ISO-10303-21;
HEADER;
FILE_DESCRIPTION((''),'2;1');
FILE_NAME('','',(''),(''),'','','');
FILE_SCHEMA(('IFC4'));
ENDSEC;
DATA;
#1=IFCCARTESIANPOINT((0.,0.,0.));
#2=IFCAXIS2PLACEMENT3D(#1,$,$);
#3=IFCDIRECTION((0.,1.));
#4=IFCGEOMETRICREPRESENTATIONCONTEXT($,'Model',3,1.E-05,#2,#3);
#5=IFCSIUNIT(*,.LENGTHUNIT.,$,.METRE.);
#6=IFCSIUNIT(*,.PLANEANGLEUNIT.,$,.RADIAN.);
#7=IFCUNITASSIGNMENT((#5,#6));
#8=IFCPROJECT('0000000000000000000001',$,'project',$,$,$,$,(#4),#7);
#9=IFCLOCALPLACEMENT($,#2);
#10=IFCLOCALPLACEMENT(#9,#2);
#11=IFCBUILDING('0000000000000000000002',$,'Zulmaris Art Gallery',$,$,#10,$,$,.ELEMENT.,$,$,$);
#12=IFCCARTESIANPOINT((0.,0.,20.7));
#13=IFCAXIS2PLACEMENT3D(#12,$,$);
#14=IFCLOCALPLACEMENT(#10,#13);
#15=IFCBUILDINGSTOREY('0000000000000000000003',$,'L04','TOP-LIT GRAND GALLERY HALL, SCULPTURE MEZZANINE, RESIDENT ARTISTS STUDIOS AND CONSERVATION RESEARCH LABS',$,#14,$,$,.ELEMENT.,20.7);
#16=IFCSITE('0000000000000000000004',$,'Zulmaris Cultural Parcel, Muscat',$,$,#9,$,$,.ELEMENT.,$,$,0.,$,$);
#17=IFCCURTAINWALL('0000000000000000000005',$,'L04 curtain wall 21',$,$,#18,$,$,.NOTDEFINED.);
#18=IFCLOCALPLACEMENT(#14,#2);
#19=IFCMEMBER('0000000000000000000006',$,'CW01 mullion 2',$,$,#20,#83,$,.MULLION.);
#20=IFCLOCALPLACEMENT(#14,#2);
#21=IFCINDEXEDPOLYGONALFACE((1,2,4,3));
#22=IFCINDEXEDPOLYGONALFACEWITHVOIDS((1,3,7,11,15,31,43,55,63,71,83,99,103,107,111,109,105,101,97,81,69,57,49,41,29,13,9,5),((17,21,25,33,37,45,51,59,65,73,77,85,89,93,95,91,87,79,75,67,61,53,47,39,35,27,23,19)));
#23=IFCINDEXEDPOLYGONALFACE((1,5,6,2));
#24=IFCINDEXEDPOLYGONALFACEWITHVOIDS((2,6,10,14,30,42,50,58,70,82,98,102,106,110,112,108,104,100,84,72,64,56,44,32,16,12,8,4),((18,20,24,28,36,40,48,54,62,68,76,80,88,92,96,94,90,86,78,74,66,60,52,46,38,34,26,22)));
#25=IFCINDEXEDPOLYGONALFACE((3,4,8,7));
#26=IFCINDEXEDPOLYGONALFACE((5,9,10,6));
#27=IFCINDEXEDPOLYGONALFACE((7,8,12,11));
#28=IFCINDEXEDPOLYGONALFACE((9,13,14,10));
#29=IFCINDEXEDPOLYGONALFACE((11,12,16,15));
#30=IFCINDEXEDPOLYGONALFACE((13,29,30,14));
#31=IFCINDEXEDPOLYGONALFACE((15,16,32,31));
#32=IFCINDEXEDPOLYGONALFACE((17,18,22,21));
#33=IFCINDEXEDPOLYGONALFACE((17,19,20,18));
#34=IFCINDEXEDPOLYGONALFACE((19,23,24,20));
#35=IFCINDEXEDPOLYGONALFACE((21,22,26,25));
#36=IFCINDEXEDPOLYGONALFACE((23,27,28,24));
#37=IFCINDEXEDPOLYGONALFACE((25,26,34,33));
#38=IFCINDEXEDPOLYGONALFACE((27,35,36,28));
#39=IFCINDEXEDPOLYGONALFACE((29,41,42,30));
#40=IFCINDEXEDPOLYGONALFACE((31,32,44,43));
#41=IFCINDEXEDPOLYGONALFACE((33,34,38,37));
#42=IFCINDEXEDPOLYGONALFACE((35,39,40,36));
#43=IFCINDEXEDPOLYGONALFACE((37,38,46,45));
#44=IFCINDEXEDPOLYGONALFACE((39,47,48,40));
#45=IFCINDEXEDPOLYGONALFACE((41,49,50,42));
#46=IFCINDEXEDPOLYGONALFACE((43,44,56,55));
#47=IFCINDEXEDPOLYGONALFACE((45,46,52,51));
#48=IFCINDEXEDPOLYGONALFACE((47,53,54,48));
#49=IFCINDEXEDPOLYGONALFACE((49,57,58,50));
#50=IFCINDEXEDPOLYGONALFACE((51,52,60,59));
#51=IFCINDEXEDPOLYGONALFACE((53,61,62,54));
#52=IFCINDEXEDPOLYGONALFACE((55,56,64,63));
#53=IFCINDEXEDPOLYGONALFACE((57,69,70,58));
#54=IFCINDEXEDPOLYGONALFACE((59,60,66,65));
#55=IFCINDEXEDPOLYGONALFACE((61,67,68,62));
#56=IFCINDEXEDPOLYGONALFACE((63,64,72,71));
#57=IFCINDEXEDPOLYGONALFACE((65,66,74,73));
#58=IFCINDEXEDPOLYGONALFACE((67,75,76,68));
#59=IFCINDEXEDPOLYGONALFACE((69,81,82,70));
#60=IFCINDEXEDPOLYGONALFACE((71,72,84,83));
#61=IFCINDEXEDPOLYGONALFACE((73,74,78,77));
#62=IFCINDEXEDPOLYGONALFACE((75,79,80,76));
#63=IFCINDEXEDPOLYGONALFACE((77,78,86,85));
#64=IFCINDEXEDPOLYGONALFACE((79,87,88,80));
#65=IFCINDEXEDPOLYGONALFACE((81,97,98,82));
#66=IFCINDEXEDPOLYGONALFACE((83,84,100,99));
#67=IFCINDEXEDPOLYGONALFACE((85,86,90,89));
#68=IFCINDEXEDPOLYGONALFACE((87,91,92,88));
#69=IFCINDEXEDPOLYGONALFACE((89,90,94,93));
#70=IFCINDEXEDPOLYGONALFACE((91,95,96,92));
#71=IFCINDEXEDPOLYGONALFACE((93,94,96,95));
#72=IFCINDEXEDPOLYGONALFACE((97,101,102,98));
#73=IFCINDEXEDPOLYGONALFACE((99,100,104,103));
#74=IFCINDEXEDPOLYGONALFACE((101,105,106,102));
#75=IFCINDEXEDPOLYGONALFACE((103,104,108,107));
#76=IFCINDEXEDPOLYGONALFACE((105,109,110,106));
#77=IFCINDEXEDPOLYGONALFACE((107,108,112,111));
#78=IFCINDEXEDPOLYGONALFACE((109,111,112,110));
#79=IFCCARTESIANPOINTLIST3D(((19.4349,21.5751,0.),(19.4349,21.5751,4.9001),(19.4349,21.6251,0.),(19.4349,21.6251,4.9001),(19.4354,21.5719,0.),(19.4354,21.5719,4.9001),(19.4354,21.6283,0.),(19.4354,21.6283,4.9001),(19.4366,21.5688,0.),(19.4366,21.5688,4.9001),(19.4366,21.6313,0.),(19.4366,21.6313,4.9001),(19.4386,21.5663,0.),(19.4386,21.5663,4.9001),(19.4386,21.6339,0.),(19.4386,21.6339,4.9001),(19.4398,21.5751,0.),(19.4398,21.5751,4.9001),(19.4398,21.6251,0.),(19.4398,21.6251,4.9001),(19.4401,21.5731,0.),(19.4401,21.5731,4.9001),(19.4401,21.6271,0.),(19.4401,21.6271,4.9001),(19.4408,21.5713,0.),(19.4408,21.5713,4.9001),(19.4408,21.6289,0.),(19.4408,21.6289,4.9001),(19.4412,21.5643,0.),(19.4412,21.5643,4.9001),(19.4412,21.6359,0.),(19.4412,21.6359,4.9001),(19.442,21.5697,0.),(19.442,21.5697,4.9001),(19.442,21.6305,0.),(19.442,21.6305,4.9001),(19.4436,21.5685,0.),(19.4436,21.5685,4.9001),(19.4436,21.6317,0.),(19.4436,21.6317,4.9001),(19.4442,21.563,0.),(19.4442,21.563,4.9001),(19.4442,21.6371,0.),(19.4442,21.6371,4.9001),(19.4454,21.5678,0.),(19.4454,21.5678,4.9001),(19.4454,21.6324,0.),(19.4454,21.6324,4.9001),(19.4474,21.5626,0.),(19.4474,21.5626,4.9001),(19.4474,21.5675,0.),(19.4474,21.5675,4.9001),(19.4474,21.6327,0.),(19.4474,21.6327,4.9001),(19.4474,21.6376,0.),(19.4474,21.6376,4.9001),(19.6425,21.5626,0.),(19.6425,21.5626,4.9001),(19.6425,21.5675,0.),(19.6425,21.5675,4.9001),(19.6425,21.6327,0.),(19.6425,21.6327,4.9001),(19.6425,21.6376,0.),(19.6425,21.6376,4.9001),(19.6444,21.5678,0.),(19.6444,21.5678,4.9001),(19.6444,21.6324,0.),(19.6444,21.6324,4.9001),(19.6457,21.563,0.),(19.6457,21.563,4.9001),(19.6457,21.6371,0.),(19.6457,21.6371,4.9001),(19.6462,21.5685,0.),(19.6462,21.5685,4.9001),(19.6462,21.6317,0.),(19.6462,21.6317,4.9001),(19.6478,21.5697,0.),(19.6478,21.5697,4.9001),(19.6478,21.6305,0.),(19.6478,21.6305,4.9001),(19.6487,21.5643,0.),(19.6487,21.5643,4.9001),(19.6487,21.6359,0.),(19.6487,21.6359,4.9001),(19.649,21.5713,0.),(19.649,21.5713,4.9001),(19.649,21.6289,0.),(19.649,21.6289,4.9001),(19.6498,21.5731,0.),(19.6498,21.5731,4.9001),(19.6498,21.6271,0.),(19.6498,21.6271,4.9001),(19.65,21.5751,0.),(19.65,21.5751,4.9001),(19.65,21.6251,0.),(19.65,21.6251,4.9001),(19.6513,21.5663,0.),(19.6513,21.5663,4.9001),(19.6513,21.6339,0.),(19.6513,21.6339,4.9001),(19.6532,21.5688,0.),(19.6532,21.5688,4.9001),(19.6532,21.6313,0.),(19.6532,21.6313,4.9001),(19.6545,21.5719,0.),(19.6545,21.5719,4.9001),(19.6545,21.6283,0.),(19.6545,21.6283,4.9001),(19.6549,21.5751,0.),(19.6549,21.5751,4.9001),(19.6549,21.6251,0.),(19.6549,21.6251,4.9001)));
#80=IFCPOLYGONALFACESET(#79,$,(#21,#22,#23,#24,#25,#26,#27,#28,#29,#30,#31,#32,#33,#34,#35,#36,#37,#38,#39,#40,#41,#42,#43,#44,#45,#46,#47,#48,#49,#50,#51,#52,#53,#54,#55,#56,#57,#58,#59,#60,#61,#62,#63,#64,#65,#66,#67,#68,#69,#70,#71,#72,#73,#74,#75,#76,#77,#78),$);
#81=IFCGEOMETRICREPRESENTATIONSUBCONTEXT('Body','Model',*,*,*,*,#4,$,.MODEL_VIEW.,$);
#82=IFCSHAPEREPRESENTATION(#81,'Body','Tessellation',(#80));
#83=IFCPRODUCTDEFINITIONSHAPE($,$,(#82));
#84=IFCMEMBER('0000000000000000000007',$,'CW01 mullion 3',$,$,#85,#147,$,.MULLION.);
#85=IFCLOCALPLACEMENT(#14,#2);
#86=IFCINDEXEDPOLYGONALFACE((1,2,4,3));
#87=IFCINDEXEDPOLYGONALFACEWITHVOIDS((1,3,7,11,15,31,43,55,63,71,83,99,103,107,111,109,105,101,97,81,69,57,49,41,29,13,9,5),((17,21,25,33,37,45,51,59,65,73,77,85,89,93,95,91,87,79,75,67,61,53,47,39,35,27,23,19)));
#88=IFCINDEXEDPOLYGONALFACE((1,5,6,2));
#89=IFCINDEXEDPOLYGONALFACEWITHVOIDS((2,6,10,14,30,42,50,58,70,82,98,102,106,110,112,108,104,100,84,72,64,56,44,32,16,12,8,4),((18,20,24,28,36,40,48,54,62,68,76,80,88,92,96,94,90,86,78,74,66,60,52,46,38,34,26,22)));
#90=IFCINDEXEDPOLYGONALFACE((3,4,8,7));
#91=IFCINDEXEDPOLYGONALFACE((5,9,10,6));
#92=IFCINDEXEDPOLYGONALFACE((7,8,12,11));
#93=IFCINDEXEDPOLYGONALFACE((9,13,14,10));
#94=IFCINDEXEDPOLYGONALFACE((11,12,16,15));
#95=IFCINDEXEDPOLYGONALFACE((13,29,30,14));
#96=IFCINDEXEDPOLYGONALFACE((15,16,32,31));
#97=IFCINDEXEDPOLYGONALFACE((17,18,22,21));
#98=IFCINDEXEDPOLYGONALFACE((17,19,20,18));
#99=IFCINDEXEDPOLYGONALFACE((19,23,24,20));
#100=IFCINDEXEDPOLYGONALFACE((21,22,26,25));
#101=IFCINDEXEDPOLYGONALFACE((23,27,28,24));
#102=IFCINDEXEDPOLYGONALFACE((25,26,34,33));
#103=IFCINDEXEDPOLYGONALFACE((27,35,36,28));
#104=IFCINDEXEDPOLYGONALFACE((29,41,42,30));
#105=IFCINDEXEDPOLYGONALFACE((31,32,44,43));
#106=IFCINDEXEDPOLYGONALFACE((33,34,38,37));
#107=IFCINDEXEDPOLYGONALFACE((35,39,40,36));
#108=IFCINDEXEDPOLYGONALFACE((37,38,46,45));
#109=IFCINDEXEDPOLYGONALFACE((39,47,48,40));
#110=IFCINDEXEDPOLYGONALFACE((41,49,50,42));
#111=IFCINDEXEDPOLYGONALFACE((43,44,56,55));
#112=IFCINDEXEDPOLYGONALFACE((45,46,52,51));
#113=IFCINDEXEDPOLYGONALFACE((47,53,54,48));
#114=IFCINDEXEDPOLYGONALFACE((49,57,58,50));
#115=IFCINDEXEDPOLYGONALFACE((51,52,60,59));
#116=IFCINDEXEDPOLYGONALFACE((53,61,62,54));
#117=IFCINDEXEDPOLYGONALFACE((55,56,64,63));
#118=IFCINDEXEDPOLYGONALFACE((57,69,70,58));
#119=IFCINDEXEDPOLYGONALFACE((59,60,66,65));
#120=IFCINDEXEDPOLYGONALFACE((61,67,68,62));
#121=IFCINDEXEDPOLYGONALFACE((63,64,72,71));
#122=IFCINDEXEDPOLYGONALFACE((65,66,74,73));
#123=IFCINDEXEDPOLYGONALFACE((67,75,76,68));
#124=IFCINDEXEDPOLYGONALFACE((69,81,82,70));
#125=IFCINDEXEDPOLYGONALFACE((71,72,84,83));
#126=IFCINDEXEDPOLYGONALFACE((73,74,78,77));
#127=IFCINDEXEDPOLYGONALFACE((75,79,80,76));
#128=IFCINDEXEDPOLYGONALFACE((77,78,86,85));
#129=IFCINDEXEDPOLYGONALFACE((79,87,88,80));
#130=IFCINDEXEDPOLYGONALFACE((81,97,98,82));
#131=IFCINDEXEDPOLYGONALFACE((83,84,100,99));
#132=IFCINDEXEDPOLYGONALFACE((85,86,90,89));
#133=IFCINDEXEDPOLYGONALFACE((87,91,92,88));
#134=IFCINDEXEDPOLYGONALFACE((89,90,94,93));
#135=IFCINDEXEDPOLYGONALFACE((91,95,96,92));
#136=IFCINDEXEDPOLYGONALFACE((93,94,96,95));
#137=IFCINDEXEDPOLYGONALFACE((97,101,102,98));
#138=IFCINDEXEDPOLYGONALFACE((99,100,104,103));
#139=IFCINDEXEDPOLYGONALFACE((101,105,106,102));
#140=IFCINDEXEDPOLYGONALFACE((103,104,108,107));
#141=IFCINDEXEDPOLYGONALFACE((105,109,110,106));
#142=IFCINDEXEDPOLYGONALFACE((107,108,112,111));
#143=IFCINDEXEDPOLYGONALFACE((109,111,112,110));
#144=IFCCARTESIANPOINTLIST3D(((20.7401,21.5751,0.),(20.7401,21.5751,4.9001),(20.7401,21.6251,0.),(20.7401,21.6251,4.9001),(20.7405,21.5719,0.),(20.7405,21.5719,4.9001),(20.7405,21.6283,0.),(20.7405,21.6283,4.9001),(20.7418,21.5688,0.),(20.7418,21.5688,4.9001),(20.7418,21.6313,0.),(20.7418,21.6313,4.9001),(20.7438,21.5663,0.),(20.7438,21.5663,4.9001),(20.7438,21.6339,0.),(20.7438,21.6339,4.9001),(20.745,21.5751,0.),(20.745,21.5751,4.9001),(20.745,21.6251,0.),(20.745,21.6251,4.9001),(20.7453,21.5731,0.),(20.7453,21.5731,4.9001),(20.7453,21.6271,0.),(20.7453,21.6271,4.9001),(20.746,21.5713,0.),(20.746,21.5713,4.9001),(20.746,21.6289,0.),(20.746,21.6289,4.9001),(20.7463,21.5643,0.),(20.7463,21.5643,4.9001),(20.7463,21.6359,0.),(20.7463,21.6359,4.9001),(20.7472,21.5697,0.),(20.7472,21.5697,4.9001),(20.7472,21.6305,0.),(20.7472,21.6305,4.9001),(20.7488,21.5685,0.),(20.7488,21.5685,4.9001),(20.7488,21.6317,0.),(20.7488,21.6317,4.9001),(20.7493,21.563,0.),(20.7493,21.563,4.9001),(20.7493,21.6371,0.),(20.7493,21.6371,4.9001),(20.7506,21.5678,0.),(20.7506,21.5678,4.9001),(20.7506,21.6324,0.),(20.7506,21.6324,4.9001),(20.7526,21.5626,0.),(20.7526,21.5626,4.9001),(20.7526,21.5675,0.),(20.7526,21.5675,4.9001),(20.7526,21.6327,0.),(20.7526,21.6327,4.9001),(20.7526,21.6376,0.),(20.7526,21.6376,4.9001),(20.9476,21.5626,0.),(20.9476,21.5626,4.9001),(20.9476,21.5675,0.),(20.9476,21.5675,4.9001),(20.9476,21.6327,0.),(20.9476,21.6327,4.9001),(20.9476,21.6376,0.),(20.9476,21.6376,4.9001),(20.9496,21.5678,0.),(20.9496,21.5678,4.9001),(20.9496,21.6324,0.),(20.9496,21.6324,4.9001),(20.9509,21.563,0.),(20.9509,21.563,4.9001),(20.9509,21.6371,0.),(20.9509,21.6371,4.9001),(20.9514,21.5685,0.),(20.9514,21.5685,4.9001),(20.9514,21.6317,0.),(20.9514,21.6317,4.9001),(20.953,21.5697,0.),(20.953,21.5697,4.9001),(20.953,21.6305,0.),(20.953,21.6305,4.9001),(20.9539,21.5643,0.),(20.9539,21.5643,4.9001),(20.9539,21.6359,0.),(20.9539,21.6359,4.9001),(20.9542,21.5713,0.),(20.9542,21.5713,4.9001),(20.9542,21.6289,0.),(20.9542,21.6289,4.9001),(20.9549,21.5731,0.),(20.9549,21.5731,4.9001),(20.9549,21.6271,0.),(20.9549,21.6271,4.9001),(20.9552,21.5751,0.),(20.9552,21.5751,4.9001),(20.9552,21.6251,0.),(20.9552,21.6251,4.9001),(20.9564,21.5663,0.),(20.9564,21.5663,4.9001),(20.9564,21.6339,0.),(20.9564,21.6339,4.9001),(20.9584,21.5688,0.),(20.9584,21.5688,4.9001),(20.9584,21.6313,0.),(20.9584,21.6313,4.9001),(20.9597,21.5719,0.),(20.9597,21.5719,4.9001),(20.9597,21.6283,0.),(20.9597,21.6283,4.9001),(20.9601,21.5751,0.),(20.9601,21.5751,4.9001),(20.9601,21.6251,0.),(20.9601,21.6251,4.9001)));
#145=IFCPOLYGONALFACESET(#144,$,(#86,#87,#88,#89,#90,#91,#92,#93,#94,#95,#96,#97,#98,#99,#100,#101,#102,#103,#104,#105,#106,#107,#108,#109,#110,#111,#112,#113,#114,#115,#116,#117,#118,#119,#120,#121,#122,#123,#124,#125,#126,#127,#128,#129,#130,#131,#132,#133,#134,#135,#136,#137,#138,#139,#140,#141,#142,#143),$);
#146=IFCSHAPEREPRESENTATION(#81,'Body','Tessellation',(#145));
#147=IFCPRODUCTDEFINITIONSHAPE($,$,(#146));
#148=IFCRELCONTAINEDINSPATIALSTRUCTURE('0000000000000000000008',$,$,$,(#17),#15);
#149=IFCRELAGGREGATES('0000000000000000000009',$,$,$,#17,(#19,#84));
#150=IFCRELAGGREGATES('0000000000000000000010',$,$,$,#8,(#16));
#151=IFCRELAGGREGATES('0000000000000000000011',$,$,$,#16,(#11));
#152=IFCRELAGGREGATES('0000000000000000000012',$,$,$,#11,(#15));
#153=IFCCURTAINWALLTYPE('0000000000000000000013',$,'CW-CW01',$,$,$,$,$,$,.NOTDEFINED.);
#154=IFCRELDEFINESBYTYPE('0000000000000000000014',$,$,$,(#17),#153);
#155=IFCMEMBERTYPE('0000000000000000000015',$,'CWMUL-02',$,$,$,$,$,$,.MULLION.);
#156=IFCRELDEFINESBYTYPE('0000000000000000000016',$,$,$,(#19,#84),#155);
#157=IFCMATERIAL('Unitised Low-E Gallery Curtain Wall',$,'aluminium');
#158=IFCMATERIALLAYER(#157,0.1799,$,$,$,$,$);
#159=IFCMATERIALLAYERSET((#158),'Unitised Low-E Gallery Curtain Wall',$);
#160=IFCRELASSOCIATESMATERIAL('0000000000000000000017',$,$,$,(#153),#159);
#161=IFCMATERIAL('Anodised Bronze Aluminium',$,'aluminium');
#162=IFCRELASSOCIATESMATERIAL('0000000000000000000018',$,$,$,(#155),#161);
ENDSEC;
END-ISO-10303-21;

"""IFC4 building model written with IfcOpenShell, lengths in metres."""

from ifc_helpers import new_model, si_unit, direction, frame, origin, origin_2d, place, context, subcontext, project, spatial, hollow_rectangle, extrude, material, layer, layer_set, material_profile, profile_set, type_object, element, aggregate, save


model = new_model("IFC4")

# Units and contexts
model_context = context("Model", 3, precision=1e-05, world=origin(), true_north=direction((0.0, 1.0)))
body_context = subcontext(model_context, "Body", "Model", "MODEL_VIEW")
ifc_project = project(units=[si_unit("LENGTHUNIT", "METRE"), si_unit("PLANEANGLEUNIT", "RADIAN")], contexts=[model_context])

# Site, building, storey
site_placement = place(None, origin())
site = spatial("IfcSite", under=ifc_project, at=site_placement, Name="Zulmaris Cultural Parcel, Muscat", CompositionType="ELEMENT", RefElevation=0.0)
building_placement = place(site_placement, origin())
building = spatial("IfcBuilding", under=site, at=building_placement, Name="Zulmaris Art Gallery", CompositionType="ELEMENT")
storey_placement = place(building_placement, frame((0.0, 0.0, 20.7)))
storey = spatial("IfcBuildingStorey", under=building, at=storey_placement, Name="L04", Description="TOP-LIT GRAND GALLERY HALL, SCULPTURE MEZZANINE, RESIDENT ARTISTS STUDIOS AND CONSERVATION RESEARCH LABS", CompositionType="ELEMENT", Elevation=20.7)

# Shared definitions
ifc_material_1 = material(Name="Unitised Low-E Gallery Curtain Wall", Category="aluminium")
ifc_layer_1 = layer(ifc_material_1, 0.1799)
ifc_layer_set_1 = layer_set([ifc_layer_1], Name="Unitised Low-E Gallery Curtain Wall")
curtain_wall_type = type_object("IfcCurtainWallType", Name="CW-CW01", PredefinedType="NOTDEFINED", material=ifc_layer_set_1)
ifc_material_2 = material(Name="Anodised Bronze Aluminium", Category="aluminium")
ifc_material_profile_1 = material_profile(ifc_material_2, hollow_rectangle(XDim=0.075, YDim=0.22, WallThickness=0.0049, InnerFilletRadius=0.0076, OuterFilletRadius=0.0125, at=origin_2d()), Name="ALU 75x220x5")
ifc_profile_set_1 = profile_set([ifc_material_profile_1], Name="Anodised Bronze Aluminium")
member_type_1 = type_object("IfcMemberType", Name="CWMUL-02", PredefinedType="MULLION", material=ifc_profile_set_1)

# Curtain wall, members
curtain_wall_1_placement = place(storey_placement, origin())
curtain_wall_1 = element("IfcCurtainWall", 1, at=curtain_wall_1_placement, inside=storey, type_object=curtain_wall_type, Name="L04 curtain wall 21", PredefinedType="NOTDEFINED")
member_1_placement = place(storey_placement, frame((19.5449, 21.6001, 0.0), z_axis=(0.0, 0.0, 1.0), x_axis=(0.0, 1.0, 0.0)))
member_1 = element("IfcMember", 2, at=member_1_placement, type_object=member_type_1, Name="CW01 mullion 2", PredefinedType="MULLION", context=body_context, shape_type="SweptSolid", body=[
    extrude(hollow_rectangle(XDim=0.075, YDim=0.22, WallThickness=0.0049, InnerFilletRadius=0.0076, OuterFilletRadius=0.0125, at=origin_2d()), origin(), (0.0, 0.0, 1.0), 4.9001),
])
member_2_placement = place(storey_placement, frame((20.8501, 21.6001, 0.0), z_axis=(0.0, 0.0, 1.0), x_axis=(0.0, 1.0, 0.0)))
member_2 = element("IfcMember", 3, at=member_2_placement, type_object=member_type_1, Name="CW01 mullion 3", PredefinedType="MULLION", context=body_context, shape_type="SweptSolid", body=[
    extrude(hollow_rectangle(XDim=0.075, YDim=0.22, WallThickness=0.0049, InnerFilletRadius=0.0076, OuterFilletRadius=0.0125, at=origin_2d()), origin(), (0.0, 0.0, 1.0), 4.9001),
])

aggregate(curtain_wall_1, [member_1, member_2])

save(model, "model.ifc")
